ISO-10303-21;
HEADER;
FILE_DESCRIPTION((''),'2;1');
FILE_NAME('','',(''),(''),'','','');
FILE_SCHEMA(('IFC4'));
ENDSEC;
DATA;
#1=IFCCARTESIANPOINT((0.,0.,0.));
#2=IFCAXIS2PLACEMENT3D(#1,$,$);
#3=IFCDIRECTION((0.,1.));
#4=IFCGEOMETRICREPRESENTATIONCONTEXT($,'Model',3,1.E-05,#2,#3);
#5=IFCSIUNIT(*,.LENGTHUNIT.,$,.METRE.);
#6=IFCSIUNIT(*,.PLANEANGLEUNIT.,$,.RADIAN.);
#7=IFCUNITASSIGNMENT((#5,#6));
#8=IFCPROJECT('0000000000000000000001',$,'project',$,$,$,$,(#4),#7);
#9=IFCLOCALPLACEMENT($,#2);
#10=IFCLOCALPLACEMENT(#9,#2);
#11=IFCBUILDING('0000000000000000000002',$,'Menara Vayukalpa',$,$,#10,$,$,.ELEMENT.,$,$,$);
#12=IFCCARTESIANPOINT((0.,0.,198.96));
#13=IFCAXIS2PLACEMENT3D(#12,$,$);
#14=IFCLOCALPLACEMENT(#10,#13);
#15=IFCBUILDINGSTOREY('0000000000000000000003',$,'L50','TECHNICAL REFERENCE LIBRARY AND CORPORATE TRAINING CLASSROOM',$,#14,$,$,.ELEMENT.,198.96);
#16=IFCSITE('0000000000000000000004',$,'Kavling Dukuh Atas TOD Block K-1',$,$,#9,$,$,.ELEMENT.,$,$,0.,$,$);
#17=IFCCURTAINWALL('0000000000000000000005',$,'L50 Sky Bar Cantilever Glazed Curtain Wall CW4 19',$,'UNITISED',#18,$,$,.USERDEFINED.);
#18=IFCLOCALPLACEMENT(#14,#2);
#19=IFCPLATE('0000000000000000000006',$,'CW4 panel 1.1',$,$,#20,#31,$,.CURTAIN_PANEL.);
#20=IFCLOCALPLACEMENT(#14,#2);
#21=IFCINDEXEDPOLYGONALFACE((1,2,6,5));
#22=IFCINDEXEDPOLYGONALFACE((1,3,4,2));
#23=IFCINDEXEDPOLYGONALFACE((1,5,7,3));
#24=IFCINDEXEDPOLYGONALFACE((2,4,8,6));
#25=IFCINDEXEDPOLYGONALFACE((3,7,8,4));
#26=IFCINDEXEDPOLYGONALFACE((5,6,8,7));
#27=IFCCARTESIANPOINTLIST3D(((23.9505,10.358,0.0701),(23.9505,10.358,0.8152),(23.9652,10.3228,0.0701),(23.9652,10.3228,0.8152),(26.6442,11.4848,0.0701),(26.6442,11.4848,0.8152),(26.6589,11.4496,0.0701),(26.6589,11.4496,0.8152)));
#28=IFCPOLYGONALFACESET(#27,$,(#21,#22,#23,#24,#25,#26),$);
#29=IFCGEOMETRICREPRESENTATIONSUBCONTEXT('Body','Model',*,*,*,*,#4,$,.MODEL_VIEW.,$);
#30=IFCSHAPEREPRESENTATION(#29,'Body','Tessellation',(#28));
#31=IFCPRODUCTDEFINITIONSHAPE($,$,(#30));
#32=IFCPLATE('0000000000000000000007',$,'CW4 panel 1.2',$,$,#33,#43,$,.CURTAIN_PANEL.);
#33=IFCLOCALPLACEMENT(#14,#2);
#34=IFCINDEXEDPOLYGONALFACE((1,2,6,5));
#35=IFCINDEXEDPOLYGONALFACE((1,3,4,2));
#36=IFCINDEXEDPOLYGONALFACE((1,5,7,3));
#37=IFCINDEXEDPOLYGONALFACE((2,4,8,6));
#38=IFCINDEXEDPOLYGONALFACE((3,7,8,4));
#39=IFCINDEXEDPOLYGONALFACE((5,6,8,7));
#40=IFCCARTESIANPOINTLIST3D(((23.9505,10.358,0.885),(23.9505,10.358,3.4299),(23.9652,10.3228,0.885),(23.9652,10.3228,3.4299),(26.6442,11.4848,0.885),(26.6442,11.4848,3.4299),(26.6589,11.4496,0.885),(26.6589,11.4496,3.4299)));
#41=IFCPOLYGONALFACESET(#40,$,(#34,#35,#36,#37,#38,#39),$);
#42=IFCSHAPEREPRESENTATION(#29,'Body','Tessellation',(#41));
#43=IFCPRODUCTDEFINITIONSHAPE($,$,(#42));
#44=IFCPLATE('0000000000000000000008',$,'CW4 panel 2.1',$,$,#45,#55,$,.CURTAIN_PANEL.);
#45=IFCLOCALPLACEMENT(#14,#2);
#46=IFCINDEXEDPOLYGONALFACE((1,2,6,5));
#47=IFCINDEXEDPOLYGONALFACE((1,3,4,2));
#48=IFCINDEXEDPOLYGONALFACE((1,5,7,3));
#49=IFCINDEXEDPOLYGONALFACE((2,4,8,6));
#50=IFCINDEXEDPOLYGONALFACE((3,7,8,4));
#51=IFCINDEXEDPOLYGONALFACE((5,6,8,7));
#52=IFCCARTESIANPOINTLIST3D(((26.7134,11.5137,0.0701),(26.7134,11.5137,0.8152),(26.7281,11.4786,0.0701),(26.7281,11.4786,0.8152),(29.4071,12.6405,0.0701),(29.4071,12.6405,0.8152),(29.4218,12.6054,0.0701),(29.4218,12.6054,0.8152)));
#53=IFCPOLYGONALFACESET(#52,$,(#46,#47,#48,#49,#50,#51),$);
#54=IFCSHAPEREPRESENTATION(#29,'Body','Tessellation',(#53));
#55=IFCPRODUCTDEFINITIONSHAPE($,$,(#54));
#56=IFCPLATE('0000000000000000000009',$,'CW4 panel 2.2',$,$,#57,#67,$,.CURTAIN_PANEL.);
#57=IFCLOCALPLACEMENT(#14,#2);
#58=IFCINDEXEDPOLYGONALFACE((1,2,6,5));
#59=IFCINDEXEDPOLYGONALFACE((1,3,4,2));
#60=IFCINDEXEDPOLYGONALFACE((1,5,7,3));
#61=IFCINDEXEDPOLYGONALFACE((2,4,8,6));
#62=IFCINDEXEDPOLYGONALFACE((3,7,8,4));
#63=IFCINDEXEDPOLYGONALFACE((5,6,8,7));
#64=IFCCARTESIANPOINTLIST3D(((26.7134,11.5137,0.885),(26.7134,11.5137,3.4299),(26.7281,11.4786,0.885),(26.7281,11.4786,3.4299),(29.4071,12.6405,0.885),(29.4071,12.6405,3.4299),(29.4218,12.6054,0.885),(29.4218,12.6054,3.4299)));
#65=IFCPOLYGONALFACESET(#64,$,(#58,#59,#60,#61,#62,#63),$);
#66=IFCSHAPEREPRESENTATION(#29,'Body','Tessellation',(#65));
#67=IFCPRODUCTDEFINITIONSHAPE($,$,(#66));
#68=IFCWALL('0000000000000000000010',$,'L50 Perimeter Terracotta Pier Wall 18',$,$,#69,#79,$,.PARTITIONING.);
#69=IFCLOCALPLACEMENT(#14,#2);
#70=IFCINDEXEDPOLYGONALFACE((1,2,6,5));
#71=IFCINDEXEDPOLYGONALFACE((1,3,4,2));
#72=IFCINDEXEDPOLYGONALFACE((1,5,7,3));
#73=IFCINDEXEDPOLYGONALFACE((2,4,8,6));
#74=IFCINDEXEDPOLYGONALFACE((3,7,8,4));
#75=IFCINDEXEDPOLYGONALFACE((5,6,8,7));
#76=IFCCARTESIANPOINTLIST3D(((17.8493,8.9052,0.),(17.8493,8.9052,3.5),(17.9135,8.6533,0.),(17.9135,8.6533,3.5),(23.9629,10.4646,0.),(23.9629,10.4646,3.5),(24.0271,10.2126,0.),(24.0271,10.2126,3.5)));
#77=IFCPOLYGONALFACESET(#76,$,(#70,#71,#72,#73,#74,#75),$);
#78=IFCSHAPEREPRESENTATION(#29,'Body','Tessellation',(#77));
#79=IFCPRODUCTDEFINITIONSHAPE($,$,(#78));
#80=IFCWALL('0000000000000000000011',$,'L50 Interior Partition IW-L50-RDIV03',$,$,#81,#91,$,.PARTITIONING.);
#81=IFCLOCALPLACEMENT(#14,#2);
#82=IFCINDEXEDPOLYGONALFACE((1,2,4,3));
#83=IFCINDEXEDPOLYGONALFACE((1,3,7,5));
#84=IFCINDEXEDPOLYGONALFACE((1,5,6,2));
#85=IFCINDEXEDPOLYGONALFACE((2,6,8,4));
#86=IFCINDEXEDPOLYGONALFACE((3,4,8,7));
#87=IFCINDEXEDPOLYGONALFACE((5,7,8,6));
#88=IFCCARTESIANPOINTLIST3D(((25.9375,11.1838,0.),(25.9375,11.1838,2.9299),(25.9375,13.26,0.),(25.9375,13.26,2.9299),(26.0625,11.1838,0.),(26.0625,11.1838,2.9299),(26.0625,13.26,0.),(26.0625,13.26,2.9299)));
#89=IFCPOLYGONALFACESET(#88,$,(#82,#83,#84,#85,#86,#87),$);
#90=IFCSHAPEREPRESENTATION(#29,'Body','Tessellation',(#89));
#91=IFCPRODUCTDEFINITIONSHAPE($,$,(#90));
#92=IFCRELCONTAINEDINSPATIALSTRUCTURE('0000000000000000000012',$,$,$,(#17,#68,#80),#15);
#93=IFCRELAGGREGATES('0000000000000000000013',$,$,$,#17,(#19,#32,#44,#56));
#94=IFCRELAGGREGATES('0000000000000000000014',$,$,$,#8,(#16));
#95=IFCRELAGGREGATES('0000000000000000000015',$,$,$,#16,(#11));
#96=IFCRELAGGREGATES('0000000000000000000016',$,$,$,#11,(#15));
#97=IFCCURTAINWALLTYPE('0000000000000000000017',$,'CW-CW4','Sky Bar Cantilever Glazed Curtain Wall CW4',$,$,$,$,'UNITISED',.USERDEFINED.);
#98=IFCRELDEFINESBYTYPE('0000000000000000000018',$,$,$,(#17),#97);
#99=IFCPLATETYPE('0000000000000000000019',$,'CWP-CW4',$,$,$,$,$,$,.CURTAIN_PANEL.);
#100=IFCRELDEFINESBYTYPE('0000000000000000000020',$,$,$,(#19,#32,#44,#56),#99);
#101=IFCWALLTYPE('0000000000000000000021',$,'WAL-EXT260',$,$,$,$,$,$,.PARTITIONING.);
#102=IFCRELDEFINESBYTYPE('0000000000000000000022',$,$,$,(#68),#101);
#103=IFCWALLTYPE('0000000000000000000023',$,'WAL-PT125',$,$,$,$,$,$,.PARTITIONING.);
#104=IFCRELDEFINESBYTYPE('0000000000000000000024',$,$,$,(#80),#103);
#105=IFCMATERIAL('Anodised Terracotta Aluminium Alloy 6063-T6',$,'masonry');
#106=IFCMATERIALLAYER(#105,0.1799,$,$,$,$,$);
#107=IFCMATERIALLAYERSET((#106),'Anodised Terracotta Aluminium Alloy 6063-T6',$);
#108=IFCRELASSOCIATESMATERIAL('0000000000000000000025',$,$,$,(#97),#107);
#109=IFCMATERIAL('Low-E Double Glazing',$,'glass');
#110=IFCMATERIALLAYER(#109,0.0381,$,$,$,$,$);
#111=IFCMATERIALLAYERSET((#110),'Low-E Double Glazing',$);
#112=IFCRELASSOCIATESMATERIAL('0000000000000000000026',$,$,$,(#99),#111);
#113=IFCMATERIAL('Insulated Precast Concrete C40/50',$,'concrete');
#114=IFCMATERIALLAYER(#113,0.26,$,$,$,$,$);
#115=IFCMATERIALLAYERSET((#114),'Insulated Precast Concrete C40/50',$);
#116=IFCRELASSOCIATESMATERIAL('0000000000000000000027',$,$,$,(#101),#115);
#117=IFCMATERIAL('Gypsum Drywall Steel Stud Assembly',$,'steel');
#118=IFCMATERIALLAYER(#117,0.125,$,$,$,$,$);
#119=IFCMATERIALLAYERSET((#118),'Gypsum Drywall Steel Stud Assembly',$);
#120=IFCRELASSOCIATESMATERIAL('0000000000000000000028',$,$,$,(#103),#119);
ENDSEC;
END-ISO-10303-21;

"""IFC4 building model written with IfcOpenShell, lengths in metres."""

from ifc_helpers import new_model, si_unit, direction, frame, frame_2d, origin, origin_2d, place, context, subcontext, project, spatial, rectangle, extrude, material, layer, layer_set, type_object, element, aggregate, save


model = new_model("IFC4")

# Units and contexts
model_context = context("Model", 3, precision=1e-05, world=origin(), true_north=direction((0.0, 1.0)))
body_context = subcontext(model_context, "Body", "Model", "MODEL_VIEW")
ifc_project = project(units=[si_unit("LENGTHUNIT", "METRE"), si_unit("PLANEANGLEUNIT", "RADIAN")], contexts=[model_context])

# Site, building, storey
site_placement = place(None, origin())
site = spatial("IfcSite", under=ifc_project, at=site_placement, Name="Kavling Dukuh Atas TOD Block K-1", CompositionType="ELEMENT", RefElevation=0.0)
building_placement = place(site_placement, origin())
building = spatial("IfcBuilding", under=site, at=building_placement, Name="Menara Vayukalpa", CompositionType="ELEMENT")
storey_placement = place(building_placement, frame((0.0, 0.0, 198.96)))
storey = spatial("IfcBuildingStorey", under=building, at=storey_placement, Name="L50", Description="TECHNICAL REFERENCE LIBRARY AND CORPORATE TRAINING CLASSROOM", CompositionType="ELEMENT", Elevation=198.96)

# Curtain wall, plates
ifc_material_1 = material(Name="Anodised Terracotta Aluminium Alloy 6063-T6", Category="masonry")
ifc_layer_1 = layer(ifc_material_1, 0.1799)
ifc_layer_set_1 = layer_set([ifc_layer_1], Name="Anodised Terracotta Aluminium Alloy 6063-T6")
curtain_wall_type = type_object("IfcCurtainWallType", Name="CW-CW4", Description="Sky Bar Cantilever Glazed Curtain Wall CW4", ElementType="UNITISED", PredefinedType="USERDEFINED", material=ifc_layer_set_1)
curtain_wall_placement = place(storey_placement, origin())
curtain_wall = element("IfcCurtainWall", 1, at=curtain_wall_placement, inside=storey, type_object=curtain_wall_type, Name="L50 Sky Bar Cantilever Glazed Curtain Wall CW4 19", ObjectType="UNITISED", PredefinedType="USERDEFINED")
ifc_material_2 = material(Name="Low-E Double Glazing", Category="glass")
ifc_layer_2 = layer(ifc_material_2, 0.0381)
ifc_layer_set_2 = layer_set([ifc_layer_2], Name="Low-E Double Glazing")
plate_type = type_object("IfcPlateType", Name="CWP-CW4", PredefinedType="CURTAIN_PANEL", material=ifc_layer_set_2)
plate_1_placement = place(storey_placement, frame((25.3047, 10.9038, 0.0701), z_axis=(0.0, 0.0, 1.0), x_axis=(0.922539, 0.385903, 0.0)))
plate_1 = element("IfcPlate", 2, at=plate_1_placement, type_object=plate_type, Name="CW4 panel 1.1", PredefinedType="CURTAIN_PANEL", context=body_context, shape_type="SweptSolid", body=[
    extrude(rectangle(XDim=2.9199, YDim=0.0381, at=origin_2d()), origin(), (0.0, 0.0, 1.0), 0.7451),
])
plate_2_placement = place(storey_placement, frame((25.3047, 10.9038, 0.885), z_axis=(0.0, 0.0, 1.0), x_axis=(0.922539, 0.385903, 0.0)))
plate_2 = element("IfcPlate", 3, at=plate_2_placement, type_object=plate_type, Name="CW4 panel 1.2", PredefinedType="CURTAIN_PANEL", context=body_context, shape_type="SweptSolid", body=[
    extrude(rectangle(XDim=2.9199, YDim=0.0381, at=origin_2d()), origin(), (0.0, 0.0, 1.0), 2.5449),
])
plate_3_placement = place(storey_placement, frame((28.0676, 12.0596, 0.0701), z_axis=(0.0, 0.0, 1.0), x_axis=(0.922539, 0.385903, 0.0)))
plate_3 = element("IfcPlate", 4, at=plate_3_placement, type_object=plate_type, Name="CW4 panel 2.1", PredefinedType="CURTAIN_PANEL", context=body_context, shape_type="SweptSolid", body=[
    extrude(rectangle(XDim=2.9199, YDim=0.0381, at=origin_2d()), origin(), (0.0, 0.0, 1.0), 0.7451),
])
plate_4_placement = place(storey_placement, frame((28.0676, 12.0596, 0.885), z_axis=(0.0, 0.0, 1.0), x_axis=(0.922539, 0.385903, 0.0)))
plate_4 = element("IfcPlate", 5, at=plate_4_placement, type_object=plate_type, Name="CW4 panel 2.2", PredefinedType="CURTAIN_PANEL", context=body_context, shape_type="SweptSolid", body=[
    extrude(rectangle(XDim=2.9199, YDim=0.0381, at=origin_2d()), origin(), (0.0, 0.0, 1.0), 2.5449),
])
aggregate(curtain_wall, [plate_1, plate_2, plate_3, plate_4])

# Walls
ifc_material_3 = material(Name="Insulated Precast Concrete C40/50", Category="concrete")
ifc_layer_3 = layer(ifc_material_3, 0.26)
ifc_layer_set_3 = layer_set([ifc_layer_3], Name="Insulated Precast Concrete C40/50")
wall_type_1 = type_object("IfcWallType", Name="WAL-EXT260", PredefinedType="PARTITIONING", material=ifc_layer_set_3)
wall_1_placement = place(storey_placement, frame((23.9951, 10.3386, 0.0), z_axis=(0.0, 0.0, 1.0), x_axis=(-0.968977, -0.247149, 0.0)))
element("IfcWall", 6, at=wall_1_placement, inside=storey, type_object=wall_type_1, Name="L50 Perimeter Terracotta Pier Wall 18", PredefinedType="PARTITIONING", context=body_context, shape_type="SweptSolid", body=[
    extrude(rectangle(XDim=6.3093, YDim=0.26, at=frame_2d((3.1548, 0.0))), origin(), (0.0, 0.0, 1.0), 3.5),
])
ifc_material_4 = material(Name="Gypsum Drywall Steel Stud Assembly", Category="steel")
ifc_layer_4 = layer(ifc_material_4, 0.125)
ifc_layer_set_4 = layer_set([ifc_layer_4], Name="Gypsum Drywall Steel Stud Assembly")
wall_type_2 = type_object("IfcWallType", Name="WAL-PT125", PredefinedType="PARTITIONING", material=ifc_layer_set_4)
wall_2_placement = place(storey_placement, frame((26.0, 11.1838, 0.0), z_axis=(0.0, 0.0, 1.0), x_axis=(0.0, 1.0, 0.0)))
element("IfcWall", 7, at=wall_2_placement, inside=storey, type_object=wall_type_2, Name="L50 Interior Partition IW-L50-RDIV03", PredefinedType="PARTITIONING", context=body_context, shape_type="SweptSolid", body=[
    extrude(rectangle(XDim=2.0762, YDim=0.125, at=frame_2d((1.0381, 0.0))), origin(), (0.0, 0.0, 1.0), 2.9299),
])

save(model, "model.ifc")
